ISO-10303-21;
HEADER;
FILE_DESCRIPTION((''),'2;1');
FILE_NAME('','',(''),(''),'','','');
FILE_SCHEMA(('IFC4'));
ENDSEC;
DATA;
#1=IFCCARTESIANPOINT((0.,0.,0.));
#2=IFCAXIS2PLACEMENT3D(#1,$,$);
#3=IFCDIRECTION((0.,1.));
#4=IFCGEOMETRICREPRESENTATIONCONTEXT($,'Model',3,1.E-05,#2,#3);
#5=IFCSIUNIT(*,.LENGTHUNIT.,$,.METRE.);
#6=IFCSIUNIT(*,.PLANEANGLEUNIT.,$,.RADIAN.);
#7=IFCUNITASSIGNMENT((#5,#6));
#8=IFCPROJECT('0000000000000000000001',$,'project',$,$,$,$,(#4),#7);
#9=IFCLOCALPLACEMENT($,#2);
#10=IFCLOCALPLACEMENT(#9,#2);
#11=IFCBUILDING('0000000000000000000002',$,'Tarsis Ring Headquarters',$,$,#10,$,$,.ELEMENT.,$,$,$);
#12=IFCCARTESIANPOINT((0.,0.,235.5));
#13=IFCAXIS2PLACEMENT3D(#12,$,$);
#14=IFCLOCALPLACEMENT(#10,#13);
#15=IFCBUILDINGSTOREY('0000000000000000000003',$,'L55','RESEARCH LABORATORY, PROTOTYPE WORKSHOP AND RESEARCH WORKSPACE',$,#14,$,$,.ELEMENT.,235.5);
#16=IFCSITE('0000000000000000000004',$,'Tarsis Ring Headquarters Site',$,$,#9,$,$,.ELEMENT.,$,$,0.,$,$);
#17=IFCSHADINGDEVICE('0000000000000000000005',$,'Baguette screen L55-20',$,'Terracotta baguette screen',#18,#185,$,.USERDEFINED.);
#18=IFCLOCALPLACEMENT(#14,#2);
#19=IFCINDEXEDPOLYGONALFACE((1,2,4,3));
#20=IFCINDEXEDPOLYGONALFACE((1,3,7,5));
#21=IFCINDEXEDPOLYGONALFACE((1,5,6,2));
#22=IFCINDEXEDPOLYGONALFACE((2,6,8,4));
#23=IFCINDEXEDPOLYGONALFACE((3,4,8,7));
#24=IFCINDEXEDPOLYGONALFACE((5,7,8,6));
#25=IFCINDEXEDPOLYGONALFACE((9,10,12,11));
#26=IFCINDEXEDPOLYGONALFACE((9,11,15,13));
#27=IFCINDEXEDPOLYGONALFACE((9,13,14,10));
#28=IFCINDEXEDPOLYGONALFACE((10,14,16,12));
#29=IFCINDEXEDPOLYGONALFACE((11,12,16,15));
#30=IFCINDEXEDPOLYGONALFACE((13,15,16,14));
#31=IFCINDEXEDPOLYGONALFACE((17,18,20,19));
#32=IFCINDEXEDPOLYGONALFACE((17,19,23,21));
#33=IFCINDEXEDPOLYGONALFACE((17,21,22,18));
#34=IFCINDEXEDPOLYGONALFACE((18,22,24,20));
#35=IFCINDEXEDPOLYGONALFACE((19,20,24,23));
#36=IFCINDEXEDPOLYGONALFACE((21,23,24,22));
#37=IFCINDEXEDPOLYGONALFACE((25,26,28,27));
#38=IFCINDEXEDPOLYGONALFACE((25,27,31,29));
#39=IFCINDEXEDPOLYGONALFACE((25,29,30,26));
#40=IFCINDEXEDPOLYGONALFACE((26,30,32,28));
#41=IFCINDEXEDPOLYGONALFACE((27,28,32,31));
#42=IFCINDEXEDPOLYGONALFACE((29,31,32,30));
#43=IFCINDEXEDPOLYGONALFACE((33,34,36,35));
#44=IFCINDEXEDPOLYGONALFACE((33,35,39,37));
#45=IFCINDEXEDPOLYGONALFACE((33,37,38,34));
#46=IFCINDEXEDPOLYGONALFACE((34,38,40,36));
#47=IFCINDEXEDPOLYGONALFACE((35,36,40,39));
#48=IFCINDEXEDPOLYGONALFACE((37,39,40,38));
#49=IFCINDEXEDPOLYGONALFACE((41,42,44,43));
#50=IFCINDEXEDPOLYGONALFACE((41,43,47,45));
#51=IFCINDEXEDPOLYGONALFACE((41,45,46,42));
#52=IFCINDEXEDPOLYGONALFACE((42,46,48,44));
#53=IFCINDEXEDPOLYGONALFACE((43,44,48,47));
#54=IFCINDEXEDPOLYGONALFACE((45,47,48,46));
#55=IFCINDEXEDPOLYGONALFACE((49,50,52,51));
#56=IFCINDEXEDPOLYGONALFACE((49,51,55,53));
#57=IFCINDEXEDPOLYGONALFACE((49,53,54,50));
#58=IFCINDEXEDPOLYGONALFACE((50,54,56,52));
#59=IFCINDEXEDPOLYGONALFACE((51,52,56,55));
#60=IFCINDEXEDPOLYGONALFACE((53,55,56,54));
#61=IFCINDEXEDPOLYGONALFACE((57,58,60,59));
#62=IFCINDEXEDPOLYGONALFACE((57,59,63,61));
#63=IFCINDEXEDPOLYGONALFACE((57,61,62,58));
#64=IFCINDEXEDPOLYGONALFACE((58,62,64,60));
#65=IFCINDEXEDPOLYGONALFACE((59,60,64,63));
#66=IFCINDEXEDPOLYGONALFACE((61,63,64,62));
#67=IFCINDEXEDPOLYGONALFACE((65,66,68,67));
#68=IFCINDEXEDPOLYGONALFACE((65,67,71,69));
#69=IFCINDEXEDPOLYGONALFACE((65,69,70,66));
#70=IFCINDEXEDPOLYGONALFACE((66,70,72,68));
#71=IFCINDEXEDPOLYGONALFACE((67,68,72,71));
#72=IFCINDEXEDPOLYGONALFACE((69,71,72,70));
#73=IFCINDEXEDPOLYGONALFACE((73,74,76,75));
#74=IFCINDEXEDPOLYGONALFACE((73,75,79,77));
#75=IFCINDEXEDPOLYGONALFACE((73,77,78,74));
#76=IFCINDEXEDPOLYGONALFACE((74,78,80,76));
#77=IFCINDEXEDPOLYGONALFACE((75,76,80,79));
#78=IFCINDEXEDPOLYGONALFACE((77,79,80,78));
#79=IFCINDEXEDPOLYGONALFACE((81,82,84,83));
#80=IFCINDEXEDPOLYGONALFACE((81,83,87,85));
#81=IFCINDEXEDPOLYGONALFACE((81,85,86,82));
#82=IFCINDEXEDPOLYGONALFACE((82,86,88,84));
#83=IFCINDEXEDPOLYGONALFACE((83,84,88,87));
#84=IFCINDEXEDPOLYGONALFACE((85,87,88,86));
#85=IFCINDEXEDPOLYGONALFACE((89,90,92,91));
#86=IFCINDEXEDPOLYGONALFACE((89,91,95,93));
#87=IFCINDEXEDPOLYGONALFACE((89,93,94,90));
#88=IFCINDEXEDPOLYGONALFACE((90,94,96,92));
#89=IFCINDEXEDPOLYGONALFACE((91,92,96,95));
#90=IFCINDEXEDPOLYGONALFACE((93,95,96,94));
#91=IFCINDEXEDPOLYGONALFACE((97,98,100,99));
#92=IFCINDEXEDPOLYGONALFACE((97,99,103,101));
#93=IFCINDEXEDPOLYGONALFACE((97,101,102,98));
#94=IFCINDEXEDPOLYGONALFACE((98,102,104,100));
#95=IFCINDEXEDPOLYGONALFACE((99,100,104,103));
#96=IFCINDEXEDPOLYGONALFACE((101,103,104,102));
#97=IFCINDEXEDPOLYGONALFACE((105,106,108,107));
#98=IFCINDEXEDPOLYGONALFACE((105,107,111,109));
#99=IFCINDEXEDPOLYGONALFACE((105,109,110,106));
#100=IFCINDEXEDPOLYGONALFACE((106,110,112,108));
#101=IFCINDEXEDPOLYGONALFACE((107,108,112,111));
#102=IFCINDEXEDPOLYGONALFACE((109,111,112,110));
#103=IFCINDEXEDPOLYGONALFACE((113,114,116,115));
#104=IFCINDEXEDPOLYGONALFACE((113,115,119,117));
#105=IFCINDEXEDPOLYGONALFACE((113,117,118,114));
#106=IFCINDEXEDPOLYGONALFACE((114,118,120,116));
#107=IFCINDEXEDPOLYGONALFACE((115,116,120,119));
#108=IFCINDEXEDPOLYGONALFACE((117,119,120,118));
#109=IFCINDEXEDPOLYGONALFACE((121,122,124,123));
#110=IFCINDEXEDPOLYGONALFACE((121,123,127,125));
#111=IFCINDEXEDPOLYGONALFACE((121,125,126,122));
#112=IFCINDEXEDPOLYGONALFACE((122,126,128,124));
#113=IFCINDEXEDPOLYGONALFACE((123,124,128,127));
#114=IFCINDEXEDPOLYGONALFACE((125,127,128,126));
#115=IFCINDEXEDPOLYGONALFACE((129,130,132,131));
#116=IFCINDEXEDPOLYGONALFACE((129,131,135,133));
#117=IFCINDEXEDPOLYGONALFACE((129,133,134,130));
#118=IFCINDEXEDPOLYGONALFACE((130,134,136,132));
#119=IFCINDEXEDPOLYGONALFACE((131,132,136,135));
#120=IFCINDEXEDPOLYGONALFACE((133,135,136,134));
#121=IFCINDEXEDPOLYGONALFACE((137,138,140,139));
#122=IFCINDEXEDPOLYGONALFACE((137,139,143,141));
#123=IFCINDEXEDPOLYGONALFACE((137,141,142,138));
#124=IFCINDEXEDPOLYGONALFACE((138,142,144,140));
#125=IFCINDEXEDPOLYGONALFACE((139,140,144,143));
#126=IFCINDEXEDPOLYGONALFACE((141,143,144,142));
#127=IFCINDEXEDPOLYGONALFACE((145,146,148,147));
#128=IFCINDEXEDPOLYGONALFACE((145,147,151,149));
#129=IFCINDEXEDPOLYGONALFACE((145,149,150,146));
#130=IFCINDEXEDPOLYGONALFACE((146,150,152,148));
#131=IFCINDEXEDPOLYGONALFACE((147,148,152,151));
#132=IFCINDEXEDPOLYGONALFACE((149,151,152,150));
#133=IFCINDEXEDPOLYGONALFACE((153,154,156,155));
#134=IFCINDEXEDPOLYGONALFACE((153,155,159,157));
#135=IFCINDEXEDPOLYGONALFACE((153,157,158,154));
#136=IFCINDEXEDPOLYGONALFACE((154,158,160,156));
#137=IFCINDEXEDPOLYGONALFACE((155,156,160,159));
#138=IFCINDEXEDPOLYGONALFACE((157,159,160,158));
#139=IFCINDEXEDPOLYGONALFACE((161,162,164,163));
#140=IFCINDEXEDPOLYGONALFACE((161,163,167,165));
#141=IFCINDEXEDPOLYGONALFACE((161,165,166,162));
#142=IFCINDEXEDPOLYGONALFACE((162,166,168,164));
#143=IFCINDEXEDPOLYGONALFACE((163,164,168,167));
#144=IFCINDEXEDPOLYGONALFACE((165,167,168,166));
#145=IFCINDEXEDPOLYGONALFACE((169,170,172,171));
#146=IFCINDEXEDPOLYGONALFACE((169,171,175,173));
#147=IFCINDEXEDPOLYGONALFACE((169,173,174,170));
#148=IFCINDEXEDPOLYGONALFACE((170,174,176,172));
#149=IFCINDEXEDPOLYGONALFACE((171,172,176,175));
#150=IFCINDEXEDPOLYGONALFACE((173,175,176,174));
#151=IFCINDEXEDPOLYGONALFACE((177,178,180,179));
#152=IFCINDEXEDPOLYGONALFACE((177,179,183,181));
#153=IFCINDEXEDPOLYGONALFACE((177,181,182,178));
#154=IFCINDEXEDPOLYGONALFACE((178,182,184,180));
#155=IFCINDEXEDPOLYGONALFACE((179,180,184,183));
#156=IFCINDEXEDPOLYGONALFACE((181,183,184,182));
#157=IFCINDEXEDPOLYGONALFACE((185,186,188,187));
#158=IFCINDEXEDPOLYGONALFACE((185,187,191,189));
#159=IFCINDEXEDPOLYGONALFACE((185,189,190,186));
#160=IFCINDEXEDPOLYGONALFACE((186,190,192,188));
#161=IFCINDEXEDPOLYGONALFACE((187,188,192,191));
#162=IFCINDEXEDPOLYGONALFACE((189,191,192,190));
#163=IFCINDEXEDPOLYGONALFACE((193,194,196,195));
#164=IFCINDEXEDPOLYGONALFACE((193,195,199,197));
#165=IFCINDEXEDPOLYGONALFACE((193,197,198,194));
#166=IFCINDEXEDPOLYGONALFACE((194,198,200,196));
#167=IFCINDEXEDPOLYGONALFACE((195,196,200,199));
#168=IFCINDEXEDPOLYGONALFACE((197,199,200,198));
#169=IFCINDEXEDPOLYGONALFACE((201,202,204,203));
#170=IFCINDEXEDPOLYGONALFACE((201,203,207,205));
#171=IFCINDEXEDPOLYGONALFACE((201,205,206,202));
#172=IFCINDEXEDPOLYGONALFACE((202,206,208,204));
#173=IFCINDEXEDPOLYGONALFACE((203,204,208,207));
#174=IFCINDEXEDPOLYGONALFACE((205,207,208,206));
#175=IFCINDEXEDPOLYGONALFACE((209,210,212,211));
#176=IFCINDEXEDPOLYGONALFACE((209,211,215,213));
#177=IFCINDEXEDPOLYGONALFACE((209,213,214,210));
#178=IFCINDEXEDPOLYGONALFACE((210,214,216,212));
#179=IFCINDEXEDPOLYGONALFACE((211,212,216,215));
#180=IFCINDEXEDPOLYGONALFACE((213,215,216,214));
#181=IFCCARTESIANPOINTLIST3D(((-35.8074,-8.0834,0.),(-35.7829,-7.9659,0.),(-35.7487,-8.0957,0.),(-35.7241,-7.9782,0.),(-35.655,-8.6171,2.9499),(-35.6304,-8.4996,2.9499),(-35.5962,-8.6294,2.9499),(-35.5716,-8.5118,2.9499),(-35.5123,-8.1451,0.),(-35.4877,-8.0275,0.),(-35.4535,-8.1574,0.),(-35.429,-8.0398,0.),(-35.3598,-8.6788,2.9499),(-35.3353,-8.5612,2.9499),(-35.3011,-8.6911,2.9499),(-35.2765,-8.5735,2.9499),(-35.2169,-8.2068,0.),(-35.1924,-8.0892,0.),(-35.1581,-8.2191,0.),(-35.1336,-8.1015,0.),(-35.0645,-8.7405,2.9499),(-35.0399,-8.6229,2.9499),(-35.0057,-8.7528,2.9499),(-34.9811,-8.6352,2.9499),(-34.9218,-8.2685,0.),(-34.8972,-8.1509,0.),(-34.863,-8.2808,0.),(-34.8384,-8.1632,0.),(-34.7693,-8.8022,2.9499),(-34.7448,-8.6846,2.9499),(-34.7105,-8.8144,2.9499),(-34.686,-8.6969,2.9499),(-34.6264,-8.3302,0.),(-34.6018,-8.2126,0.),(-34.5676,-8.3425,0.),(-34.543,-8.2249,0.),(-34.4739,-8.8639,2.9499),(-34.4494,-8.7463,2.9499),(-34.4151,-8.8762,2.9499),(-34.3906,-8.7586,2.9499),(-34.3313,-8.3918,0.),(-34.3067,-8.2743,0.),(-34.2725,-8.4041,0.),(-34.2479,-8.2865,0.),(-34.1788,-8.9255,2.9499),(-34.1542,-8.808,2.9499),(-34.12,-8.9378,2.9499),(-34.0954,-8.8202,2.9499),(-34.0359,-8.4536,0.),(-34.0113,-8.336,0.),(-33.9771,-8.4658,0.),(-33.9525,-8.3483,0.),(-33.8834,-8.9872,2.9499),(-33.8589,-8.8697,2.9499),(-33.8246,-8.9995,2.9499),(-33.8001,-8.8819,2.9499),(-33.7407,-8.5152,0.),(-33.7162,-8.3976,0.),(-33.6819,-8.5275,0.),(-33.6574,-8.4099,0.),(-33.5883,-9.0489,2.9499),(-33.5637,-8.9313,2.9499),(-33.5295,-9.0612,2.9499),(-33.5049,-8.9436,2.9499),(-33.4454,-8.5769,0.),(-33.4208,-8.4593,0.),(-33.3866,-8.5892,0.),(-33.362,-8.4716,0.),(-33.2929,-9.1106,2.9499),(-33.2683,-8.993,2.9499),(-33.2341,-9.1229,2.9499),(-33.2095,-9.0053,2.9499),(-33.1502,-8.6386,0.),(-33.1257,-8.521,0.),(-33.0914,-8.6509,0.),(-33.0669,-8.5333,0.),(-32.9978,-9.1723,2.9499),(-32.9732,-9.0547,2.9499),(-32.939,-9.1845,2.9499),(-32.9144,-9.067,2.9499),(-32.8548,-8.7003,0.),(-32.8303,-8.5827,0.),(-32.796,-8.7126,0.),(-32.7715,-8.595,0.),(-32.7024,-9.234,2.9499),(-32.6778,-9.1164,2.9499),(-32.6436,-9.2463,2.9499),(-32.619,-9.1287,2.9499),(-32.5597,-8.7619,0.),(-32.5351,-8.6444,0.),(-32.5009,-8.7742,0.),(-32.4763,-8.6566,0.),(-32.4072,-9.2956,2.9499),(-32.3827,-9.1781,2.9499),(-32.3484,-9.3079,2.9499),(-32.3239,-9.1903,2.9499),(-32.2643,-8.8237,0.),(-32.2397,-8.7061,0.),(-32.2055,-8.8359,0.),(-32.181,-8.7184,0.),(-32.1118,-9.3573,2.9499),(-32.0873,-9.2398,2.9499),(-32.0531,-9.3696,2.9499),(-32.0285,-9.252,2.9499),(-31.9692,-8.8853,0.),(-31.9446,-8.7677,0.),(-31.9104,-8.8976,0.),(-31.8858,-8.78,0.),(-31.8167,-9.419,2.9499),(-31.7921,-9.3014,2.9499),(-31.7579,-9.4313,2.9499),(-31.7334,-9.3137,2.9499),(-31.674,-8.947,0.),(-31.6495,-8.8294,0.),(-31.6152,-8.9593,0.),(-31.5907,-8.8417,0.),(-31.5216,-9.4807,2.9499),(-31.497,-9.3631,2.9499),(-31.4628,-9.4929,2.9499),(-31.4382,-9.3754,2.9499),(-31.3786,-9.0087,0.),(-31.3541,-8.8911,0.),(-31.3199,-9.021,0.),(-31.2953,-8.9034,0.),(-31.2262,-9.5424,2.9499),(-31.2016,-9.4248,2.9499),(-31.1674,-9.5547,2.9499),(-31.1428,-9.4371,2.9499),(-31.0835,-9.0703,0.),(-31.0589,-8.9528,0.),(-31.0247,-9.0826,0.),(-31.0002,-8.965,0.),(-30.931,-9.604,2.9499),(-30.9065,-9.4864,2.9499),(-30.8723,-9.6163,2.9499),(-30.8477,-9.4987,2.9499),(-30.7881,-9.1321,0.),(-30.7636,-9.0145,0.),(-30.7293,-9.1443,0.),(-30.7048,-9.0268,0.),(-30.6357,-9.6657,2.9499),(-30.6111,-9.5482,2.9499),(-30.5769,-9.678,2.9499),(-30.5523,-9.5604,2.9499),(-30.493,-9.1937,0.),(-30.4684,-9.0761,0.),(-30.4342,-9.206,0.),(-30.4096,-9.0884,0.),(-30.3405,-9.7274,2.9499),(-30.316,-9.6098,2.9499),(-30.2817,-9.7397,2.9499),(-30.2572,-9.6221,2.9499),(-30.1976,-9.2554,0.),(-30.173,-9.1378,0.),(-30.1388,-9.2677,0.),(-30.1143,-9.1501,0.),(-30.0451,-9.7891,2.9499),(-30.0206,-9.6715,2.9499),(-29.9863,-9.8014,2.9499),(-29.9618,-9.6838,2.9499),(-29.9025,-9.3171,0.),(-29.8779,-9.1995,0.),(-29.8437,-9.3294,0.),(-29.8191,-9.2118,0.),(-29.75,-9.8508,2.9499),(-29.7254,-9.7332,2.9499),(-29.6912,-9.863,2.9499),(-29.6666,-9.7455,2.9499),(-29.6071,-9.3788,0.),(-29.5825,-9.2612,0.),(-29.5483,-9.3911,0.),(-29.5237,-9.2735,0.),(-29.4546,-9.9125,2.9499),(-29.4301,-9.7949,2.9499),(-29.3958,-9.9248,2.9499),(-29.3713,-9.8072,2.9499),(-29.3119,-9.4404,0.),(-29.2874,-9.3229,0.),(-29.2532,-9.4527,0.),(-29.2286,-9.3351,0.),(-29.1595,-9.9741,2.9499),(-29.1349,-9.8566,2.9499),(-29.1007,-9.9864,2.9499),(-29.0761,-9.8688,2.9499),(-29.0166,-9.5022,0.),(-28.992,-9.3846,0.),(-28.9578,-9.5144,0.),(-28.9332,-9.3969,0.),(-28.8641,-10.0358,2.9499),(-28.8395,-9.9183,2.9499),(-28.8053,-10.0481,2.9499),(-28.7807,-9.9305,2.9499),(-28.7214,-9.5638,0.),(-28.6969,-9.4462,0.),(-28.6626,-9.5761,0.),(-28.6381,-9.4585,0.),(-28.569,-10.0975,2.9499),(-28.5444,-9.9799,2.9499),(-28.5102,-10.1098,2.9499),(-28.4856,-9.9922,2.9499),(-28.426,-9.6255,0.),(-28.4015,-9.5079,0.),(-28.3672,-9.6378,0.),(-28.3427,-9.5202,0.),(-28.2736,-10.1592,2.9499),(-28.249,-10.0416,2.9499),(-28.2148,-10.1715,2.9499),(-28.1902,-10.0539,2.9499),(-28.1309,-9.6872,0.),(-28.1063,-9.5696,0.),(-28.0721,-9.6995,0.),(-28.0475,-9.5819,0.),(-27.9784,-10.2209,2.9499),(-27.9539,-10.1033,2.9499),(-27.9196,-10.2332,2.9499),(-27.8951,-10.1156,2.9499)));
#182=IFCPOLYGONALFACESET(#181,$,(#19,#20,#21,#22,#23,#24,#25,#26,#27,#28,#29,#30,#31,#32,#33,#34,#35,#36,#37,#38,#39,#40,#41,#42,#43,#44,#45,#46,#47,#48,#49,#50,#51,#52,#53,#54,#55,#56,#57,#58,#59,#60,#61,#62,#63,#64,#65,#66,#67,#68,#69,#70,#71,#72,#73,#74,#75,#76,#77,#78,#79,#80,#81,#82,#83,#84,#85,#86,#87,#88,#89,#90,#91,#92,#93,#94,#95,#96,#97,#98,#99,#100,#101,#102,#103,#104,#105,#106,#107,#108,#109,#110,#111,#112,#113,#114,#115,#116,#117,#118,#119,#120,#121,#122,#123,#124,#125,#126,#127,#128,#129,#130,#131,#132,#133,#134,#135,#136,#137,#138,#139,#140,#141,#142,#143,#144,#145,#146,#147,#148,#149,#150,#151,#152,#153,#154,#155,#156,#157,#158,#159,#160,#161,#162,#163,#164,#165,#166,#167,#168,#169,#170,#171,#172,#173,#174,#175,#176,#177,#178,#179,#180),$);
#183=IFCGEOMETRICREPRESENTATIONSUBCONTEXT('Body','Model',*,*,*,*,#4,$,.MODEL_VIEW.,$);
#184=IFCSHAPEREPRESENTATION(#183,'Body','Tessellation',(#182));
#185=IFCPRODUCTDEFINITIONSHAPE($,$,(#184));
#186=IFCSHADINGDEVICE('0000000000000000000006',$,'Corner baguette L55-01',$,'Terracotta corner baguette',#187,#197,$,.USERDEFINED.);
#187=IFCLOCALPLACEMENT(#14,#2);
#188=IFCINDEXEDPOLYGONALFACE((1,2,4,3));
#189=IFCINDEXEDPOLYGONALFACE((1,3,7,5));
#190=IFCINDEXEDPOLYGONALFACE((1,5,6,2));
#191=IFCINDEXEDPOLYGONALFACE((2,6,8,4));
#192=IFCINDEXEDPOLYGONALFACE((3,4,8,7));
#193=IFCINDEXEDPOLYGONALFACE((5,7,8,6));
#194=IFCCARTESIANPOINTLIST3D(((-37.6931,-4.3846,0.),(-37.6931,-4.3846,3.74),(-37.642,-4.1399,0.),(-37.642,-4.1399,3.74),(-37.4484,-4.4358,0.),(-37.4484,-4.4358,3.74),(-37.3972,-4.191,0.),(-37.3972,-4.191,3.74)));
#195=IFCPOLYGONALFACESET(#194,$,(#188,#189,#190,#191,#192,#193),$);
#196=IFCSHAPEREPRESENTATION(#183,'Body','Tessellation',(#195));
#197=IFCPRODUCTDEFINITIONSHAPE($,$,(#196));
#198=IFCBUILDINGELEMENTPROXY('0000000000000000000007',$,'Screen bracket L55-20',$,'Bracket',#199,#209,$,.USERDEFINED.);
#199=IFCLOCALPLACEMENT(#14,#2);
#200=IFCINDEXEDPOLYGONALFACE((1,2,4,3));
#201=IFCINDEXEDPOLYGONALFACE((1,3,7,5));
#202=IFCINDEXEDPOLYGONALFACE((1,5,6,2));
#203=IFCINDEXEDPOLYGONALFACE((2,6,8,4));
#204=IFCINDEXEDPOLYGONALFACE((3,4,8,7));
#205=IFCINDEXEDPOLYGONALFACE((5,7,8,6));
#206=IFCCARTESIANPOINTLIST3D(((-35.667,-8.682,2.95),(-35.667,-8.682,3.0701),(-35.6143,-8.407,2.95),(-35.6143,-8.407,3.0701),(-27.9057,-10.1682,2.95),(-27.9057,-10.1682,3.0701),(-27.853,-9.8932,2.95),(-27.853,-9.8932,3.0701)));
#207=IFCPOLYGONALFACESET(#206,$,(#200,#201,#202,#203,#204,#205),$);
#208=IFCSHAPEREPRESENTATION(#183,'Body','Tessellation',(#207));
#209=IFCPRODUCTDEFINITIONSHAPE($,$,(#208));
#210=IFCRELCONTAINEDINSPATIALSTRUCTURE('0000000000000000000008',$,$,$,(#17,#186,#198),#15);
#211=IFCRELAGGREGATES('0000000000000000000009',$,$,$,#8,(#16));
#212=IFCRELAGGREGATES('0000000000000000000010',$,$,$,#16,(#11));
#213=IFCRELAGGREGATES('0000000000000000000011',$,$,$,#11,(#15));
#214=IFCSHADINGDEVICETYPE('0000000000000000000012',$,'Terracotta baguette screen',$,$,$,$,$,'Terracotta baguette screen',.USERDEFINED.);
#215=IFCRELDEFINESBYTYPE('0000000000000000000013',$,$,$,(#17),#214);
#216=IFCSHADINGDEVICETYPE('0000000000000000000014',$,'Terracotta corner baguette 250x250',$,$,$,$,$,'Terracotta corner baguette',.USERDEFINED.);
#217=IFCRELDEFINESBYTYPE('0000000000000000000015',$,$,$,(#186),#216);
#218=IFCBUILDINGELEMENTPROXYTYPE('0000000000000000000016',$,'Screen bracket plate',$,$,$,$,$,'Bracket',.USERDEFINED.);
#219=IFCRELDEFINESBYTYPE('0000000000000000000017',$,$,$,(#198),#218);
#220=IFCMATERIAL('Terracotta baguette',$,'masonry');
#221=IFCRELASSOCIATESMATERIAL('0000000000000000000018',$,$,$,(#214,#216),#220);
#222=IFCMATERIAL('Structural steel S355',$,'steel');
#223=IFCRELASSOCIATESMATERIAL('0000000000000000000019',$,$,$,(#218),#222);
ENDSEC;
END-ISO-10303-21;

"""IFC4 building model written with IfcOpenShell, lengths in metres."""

from ifc_helpers import new_model, si_unit, direction, frame, frame_2d, origin, origin_2d, place, context, subcontext, project, spatial, rectangle, composite_profile, extrude, material, type_object, element, save


model = new_model("IFC4")

# Units and contexts
model_context = context("Model", 3, precision=1e-05, world=origin(), true_north=direction((0.0, 1.0)))
body_context = subcontext(model_context, "Body", "Model", "MODEL_VIEW")
ifc_project = project(units=[si_unit("LENGTHUNIT", "METRE"), si_unit("PLANEANGLEUNIT", "RADIAN")], contexts=[model_context])

# Site, building, storey
site_placement = place(None, origin())
site = spatial("IfcSite", under=ifc_project, at=site_placement, Name="Tarsis Ring Headquarters Site", CompositionType="ELEMENT", RefElevation=0.0)
building_placement = place(site_placement, origin())
building = spatial("IfcBuilding", under=site, at=building_placement, Name="Tarsis Ring Headquarters", CompositionType="ELEMENT")
storey_placement = place(building_placement, frame((0.0, 0.0, 235.5)))
storey = spatial("IfcBuildingStorey", under=building, at=storey_placement, Name="L55", Description="RESEARCH LABORATORY, PROTOTYPE WORKSHOP AND RESEARCH WORKSPACE", CompositionType="ELEMENT", Elevation=235.5)

# Shared definitions
ifc_material_1 = material(Name="Structural steel S355", Category="steel")

# Shading devices
ifc_material_2 = material(Name="Terracotta baguette", Category="masonry")
shading_device_type_1 = type_object("IfcShadingDeviceType", Name="Terracotta baguette screen", ElementType="Terracotta baguette screen", PredefinedType="USERDEFINED", material=ifc_material_2)
shading_device_1_placement = place(storey_placement, frame((-35.7952, -8.0247, 0.0), z_axis=(0.0, 0.0, 1.0), x_axis=(0.978867, -0.204498, 0.0)))
element("IfcShadingDevice", 1, at=shading_device_1_placement, inside=storey, type_object=shading_device_type_1, Name="Baguette screen L55-20", ObjectType="Terracotta baguette screen", PredefinedType="USERDEFINED", context=body_context, shape_type="SweptSolid", body=[
    extrude(composite_profile([rectangle(XDim=0.0601, YDim=0.1201, at=frame_2d((0.03, 0.0))), rectangle(XDim=0.0601, YDim=0.1201, at=frame_2d((0.3315, 0.0))), rectangle(XDim=0.0601, YDim=0.1201, at=frame_2d((0.6333, 0.0))), rectangle(XDim=0.0601, YDim=0.1201, at=frame_2d((0.9348, 0.0))), rectangle(XDim=0.0601, YDim=0.1201, at=frame_2d((1.2366, 0.0))), rectangle(XDim=0.0601, YDim=0.1201, at=frame_2d((1.5381, 0.0))), rectangle(XDim=0.0601, YDim=0.1201, at=frame_2d((1.8398, 0.0))), rectangle(XDim=0.0601, YDim=0.1201, at=frame_2d((2.1414, 0.0))), rectangle(XDim=0.0601, YDim=0.1201, at=frame_2d((2.4431, 0.0))), rectangle(XDim=0.0601, YDim=0.1201, at=frame_2d((2.7446, 0.0))), rectangle(XDim=0.0601, YDim=0.1201, at=frame_2d((3.0464, 0.0))), rectangle(XDim=0.0601, YDim=0.1201, at=frame_2d((3.3479, 0.0))), rectangle(XDim=0.0601, YDim=0.1201, at=frame_2d((3.6497, 0.0))), rectangle(XDim=0.0601, YDim=0.1201, at=frame_2d((3.9512, 0.0))), rectangle(XDim=0.0601, YDim=0.1201, at=frame_2d((4.2527, 0.0))), rectangle(XDim=0.0601, YDim=0.1201, at=frame_2d((4.5544, 0.0))), rectangle(XDim=0.0601, YDim=0.1201, at=frame_2d((4.856, 0.0))), rectangle(XDim=0.0601, YDim=0.1201, at=frame_2d((5.1577, 0.0))), rectangle(XDim=0.0601, YDim=0.1201, at=frame_2d((5.4592, 0.0))), rectangle(XDim=0.0601, YDim=0.1201, at=frame_2d((5.761, 0.0))), rectangle(XDim=0.0601, YDim=0.1201, at=frame_2d((6.0625, 0.0))), rectangle(XDim=0.0601, YDim=0.1201, at=frame_2d((6.3643, 0.0))), rectangle(XDim=0.0601, YDim=0.1201, at=frame_2d((6.6658, 0.0))), rectangle(XDim=0.0601, YDim=0.1201, at=frame_2d((6.9675, 0.0))), rectangle(XDim=0.0601, YDim=0.1201, at=frame_2d((7.269, 0.0))), rectangle(XDim=0.0601, YDim=0.1201, at=frame_2d((7.5708, 0.0))), rectangle(XDim=0.0601, YDim=0.1201, at=frame_2d((7.8723, 0.0)))]), origin(), (0.086078, -0.16365, 0.982756), 3.0017),
])
shading_device_type_2 = type_object("IfcShadingDeviceType", Name="Terracotta corner baguette 250x250", ElementType="Terracotta corner baguette", PredefinedType="USERDEFINED", material=ifc_material_2)
shading_device_2_placement = place(storey_placement, frame((-37.5452, -4.2878, 0.0), z_axis=(0.0, 0.0, 1.0), x_axis=(-0.204496, -0.978867, 0.0)))
element("IfcShadingDevice", 2, at=shading_device_2_placement, inside=storey, type_object=shading_device_type_2, Name="Corner baguette L55-01", ObjectType="Terracotta corner baguette", PredefinedType="USERDEFINED", context=body_context, shape_type="SweptSolid", body=[
    extrude(rectangle(XDim=0.25, YDim=0.25, at=origin_2d()), origin(), (0.0, 0.0, 1.0), 3.74),
])

# Building element proxy
building_element_proxy_type = type_object("IfcBuildingElementProxyType", Name="Screen bracket plate", ElementType="Bracket", PredefinedType="USERDEFINED", material=ifc_material_1)
proxy_placement = place(storey_placement, frame((-31.76, -9.2876, 2.95), z_axis=(0.0, 0.0, 1.0), x_axis=(0.982156, -0.188067, 0.0)))
element("IfcBuildingElementProxy", 3, at=proxy_placement, inside=storey, type_object=building_element_proxy_type, Name="Screen bracket L55-20", ObjectType="Bracket", PredefinedType="USERDEFINED", context=body_context, shape_type="SweptSolid", body=[
    extrude(rectangle(XDim=7.9023, YDim=0.28, at=origin_2d()), origin(), (0.0, 0.0, 1.0), 0.1201),
])

save(model, "model.ifc")
